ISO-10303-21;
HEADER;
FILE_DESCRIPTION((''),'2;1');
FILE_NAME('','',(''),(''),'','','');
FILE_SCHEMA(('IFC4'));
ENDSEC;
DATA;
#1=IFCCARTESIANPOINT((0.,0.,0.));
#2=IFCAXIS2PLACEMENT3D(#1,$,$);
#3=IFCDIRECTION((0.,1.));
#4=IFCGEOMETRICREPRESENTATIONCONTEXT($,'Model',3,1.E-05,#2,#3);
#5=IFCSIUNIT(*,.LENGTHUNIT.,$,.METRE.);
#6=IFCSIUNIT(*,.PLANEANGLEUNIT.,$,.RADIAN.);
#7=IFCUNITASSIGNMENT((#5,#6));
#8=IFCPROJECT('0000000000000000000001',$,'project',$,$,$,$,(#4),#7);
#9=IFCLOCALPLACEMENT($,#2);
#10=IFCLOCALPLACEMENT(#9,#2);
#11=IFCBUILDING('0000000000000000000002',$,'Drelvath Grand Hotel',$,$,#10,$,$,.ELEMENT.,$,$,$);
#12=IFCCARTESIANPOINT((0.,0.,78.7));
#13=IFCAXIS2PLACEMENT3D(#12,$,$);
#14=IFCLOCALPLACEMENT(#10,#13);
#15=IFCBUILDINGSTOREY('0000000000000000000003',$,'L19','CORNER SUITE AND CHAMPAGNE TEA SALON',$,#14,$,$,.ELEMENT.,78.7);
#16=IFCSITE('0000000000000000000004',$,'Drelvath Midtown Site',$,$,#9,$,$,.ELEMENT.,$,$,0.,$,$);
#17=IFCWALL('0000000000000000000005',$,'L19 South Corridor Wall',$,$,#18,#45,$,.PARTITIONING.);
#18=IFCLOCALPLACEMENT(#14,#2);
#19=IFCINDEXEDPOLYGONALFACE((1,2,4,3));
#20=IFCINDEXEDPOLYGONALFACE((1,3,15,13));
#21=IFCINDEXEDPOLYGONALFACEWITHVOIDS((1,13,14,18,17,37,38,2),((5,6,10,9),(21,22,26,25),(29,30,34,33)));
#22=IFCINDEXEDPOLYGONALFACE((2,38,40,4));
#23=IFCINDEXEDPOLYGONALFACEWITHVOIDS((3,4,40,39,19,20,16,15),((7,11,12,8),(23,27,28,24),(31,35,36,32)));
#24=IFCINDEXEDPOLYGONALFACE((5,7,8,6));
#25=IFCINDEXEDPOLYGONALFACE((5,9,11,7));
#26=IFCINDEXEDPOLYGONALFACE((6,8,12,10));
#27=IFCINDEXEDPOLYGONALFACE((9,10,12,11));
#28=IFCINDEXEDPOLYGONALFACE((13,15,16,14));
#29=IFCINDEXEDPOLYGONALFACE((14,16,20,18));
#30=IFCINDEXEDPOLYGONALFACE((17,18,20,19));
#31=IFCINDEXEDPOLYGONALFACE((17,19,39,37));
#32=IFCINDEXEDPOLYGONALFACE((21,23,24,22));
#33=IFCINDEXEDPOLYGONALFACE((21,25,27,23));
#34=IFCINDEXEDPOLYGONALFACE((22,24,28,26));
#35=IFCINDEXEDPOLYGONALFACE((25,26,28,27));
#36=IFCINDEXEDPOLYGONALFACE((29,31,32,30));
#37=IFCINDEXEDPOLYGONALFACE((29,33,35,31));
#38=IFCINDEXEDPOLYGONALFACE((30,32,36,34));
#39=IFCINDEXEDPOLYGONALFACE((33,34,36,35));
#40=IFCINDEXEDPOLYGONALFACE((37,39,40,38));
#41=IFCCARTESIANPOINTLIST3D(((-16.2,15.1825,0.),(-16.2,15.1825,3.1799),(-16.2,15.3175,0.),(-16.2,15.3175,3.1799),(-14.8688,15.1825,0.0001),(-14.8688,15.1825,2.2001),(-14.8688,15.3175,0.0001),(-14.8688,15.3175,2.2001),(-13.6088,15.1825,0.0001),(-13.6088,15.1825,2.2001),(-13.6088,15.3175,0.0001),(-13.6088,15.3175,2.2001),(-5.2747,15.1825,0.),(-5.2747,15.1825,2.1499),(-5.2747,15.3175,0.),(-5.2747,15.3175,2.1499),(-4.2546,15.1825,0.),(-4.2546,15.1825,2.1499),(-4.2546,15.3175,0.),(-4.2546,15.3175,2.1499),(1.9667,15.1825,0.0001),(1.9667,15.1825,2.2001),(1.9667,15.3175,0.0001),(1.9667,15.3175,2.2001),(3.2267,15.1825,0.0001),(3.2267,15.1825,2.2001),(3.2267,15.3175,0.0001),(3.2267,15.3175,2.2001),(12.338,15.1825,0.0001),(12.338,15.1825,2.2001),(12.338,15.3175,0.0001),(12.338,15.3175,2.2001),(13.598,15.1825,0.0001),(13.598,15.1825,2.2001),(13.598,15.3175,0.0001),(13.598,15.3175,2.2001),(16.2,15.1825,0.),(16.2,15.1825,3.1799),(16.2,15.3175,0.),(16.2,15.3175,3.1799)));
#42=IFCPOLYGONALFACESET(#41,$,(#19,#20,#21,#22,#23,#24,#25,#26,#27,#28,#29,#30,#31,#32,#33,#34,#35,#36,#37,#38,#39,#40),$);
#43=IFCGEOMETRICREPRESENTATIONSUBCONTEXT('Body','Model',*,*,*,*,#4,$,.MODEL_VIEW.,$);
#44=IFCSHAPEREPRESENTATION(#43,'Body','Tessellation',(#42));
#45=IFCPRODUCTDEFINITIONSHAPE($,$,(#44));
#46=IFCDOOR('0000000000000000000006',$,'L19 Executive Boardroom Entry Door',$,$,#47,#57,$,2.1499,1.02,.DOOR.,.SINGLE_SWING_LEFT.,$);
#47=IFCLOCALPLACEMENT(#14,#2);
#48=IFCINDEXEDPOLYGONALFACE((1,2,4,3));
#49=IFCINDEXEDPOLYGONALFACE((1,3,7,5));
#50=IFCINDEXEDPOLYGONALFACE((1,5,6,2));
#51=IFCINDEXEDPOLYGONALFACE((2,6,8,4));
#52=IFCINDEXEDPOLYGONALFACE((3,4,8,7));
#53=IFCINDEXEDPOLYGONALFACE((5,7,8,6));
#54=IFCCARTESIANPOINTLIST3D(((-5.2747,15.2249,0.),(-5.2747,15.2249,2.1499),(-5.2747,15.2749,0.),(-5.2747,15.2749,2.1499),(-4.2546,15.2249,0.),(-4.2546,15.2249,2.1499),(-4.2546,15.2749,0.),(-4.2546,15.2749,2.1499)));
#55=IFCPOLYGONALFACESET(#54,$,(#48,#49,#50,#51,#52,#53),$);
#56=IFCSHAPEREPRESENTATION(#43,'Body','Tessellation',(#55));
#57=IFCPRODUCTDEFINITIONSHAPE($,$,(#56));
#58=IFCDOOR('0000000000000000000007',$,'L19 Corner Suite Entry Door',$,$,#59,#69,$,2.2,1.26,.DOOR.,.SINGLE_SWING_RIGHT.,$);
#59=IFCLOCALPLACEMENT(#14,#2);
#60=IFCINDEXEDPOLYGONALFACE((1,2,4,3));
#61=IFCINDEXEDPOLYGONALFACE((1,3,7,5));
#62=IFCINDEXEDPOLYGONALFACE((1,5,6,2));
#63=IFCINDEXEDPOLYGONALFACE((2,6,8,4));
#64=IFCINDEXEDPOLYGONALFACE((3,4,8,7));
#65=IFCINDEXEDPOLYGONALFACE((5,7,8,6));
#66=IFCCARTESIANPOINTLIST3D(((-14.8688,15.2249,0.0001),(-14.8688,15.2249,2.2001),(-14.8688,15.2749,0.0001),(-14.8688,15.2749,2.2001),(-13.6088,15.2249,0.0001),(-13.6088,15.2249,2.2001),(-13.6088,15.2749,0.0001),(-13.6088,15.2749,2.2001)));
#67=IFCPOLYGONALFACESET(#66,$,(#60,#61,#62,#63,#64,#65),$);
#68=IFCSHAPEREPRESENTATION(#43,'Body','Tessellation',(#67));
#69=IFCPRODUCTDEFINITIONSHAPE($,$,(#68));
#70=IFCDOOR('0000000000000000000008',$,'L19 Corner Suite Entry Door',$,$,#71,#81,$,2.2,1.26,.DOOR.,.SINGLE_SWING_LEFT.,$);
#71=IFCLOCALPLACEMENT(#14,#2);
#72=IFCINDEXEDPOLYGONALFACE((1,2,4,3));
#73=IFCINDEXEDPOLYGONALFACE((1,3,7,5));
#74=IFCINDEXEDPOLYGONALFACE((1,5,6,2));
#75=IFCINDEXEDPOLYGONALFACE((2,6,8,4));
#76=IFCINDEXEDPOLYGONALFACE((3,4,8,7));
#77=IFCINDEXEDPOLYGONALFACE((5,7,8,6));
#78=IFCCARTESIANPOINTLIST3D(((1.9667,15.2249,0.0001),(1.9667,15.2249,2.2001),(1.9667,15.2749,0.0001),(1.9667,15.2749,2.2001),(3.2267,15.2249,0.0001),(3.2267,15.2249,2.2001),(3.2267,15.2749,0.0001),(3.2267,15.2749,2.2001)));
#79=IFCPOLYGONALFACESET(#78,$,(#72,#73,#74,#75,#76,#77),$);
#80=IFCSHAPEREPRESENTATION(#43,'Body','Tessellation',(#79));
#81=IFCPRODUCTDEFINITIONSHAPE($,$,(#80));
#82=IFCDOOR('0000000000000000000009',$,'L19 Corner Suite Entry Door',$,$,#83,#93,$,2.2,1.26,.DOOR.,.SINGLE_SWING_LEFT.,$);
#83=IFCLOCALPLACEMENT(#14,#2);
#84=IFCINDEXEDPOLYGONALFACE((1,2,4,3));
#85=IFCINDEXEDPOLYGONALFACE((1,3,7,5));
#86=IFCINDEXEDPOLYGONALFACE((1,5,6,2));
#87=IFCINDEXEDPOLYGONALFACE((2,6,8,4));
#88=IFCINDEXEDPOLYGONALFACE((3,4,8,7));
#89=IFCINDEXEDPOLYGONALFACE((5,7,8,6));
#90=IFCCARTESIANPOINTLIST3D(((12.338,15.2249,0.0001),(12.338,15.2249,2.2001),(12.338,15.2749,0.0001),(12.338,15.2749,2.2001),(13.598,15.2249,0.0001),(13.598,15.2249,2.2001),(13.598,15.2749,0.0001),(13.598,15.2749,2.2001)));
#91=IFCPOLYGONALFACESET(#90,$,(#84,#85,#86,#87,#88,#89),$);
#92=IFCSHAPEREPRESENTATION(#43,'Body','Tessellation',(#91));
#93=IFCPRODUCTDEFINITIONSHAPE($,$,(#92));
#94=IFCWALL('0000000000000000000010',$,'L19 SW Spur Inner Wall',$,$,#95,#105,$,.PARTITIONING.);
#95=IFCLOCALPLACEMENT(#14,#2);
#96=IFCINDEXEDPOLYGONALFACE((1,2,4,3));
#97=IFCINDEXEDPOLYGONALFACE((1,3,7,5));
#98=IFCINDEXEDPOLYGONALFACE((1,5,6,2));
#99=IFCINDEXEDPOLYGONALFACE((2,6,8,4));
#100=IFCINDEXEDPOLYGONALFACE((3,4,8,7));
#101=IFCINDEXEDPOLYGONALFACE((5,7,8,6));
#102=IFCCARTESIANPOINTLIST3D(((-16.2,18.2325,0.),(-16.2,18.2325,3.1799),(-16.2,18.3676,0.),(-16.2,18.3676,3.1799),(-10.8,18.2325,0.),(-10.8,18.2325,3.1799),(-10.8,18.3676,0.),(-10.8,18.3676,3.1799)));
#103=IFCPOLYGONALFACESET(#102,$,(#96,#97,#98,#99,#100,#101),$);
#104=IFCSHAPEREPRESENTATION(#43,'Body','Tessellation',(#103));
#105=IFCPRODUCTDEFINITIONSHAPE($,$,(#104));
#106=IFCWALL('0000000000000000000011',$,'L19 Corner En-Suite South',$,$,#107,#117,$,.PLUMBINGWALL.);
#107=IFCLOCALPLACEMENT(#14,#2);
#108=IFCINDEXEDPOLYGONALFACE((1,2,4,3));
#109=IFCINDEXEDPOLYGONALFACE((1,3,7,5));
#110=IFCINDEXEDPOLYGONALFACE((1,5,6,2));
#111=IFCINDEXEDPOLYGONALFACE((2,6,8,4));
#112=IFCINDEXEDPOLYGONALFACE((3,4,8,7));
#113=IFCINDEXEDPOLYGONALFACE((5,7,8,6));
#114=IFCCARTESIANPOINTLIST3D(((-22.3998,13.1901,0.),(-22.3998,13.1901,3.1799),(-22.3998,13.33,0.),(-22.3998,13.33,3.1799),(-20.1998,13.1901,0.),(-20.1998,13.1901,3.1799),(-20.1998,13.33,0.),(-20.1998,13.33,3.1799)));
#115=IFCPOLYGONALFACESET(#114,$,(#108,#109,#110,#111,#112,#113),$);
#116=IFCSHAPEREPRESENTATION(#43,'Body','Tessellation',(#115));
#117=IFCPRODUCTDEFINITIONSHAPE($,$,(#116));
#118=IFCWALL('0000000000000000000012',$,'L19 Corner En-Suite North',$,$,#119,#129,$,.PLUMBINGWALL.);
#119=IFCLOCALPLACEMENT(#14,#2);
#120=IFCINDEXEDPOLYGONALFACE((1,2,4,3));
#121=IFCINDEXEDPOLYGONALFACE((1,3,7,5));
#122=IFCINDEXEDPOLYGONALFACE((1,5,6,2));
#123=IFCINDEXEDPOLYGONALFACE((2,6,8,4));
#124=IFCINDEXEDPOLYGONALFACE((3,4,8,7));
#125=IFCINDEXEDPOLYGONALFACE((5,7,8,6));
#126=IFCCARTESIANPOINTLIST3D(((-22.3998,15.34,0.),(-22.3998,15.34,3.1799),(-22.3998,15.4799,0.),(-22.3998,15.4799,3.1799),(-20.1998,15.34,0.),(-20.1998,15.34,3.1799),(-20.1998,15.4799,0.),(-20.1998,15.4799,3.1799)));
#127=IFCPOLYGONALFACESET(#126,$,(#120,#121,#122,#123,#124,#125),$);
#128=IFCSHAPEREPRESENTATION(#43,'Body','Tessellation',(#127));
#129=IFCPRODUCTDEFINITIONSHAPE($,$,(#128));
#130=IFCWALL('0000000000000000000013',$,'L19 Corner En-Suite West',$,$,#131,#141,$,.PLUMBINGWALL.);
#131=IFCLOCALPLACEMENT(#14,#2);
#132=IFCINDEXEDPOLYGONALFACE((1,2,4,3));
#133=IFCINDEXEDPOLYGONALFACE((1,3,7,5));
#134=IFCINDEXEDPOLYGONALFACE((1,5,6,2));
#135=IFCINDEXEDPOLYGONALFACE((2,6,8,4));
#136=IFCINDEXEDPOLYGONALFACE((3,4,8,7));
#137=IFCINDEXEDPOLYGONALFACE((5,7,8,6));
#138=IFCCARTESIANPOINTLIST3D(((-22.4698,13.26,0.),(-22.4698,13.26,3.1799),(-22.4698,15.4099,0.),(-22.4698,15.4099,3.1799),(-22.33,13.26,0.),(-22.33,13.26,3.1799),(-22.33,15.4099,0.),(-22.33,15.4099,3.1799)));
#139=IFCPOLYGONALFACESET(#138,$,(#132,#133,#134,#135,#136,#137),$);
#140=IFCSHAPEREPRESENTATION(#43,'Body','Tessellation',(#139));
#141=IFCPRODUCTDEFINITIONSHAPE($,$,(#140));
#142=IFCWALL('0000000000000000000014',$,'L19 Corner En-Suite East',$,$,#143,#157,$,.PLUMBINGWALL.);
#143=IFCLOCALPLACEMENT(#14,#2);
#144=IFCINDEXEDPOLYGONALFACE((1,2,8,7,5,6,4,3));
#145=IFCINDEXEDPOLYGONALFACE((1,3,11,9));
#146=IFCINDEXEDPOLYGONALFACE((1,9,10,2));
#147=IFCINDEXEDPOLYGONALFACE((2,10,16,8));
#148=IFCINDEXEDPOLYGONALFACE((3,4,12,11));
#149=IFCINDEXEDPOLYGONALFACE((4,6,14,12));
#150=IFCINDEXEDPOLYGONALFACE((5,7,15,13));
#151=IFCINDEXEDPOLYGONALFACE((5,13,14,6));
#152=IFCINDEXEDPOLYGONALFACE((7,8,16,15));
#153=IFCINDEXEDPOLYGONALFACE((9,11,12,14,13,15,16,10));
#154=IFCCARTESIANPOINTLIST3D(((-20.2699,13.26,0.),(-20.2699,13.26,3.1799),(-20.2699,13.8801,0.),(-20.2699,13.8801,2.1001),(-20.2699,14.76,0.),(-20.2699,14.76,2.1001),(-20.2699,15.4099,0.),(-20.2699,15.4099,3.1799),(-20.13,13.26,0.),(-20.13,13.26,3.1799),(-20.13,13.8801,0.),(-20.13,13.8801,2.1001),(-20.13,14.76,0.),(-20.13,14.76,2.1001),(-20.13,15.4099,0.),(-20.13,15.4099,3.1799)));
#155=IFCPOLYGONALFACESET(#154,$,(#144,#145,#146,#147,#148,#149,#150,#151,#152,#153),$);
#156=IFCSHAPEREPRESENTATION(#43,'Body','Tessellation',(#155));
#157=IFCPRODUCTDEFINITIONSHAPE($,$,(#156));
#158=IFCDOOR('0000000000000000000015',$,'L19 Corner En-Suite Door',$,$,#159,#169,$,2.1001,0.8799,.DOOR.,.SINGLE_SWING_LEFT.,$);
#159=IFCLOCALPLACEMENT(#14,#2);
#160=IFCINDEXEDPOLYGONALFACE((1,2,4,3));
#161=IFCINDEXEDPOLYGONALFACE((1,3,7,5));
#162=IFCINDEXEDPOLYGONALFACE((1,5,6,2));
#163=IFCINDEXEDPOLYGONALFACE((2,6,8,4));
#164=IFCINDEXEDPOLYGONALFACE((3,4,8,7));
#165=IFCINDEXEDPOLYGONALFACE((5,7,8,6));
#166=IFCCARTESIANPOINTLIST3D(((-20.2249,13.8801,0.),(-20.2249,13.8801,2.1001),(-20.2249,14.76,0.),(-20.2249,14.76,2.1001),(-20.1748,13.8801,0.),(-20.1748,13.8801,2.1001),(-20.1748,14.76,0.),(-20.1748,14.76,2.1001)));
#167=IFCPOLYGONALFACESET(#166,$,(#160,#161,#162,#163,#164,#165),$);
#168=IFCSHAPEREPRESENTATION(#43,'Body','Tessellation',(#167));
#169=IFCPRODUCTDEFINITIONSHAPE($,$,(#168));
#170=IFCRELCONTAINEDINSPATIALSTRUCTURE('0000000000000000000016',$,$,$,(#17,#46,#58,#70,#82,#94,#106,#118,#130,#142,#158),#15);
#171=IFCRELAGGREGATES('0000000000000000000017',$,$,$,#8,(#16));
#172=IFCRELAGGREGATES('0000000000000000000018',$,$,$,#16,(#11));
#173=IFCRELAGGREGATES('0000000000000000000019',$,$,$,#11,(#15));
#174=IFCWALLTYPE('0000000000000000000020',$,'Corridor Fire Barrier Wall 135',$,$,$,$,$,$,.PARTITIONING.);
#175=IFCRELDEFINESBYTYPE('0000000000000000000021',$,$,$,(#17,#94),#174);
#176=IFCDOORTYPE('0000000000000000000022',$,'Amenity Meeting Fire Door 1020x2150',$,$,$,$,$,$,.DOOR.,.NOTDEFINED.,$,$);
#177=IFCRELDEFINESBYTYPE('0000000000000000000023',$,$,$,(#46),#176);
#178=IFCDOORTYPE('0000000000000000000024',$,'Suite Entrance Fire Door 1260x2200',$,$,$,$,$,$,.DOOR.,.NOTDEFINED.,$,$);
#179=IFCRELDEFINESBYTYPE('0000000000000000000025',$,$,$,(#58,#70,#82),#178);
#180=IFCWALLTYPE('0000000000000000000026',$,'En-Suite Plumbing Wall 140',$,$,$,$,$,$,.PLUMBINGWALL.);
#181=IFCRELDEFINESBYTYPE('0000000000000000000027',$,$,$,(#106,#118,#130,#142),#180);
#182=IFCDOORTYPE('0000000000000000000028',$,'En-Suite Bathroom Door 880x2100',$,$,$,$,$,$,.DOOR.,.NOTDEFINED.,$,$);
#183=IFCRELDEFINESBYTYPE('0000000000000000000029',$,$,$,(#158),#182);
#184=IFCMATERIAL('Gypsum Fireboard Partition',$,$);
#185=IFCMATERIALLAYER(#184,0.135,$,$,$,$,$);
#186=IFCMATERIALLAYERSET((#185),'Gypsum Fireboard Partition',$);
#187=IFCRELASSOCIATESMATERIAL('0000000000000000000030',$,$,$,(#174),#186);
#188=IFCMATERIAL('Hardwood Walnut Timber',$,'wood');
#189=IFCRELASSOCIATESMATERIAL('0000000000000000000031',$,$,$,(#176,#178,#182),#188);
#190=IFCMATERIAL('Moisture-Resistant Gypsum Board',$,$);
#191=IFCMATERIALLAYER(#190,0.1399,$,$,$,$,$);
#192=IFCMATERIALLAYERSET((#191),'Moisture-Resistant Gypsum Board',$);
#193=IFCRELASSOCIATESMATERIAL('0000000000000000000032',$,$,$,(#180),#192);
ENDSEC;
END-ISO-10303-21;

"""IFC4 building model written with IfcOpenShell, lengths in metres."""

from ifc_helpers import new_model, si_unit, direction, frame, frame_2d, origin, place, context, subcontext, project, spatial, rectangle, extrude, material, layer, layer_set, type_object, element, fill, save


model = new_model("IFC4")

# Units and contexts
model_context = context("Model", 3, precision=1e-05, world=origin(), true_north=direction((0.0, 1.0)))
body_context = subcontext(model_context, "Body", "Model", "MODEL_VIEW")
ifc_project = project(units=[si_unit("LENGTHUNIT", "METRE"), si_unit("PLANEANGLEUNIT", "RADIAN")], contexts=[model_context])

# Site, building, storey
site_placement = place(None, origin())
site = spatial("IfcSite", under=ifc_project, at=site_placement, Name="Drelvath Midtown Site", CompositionType="ELEMENT", RefElevation=0.0)
building_placement = place(site_placement, origin())
building = spatial("IfcBuilding", under=site, at=building_placement, Name="Drelvath Grand Hotel", CompositionType="ELEMENT")
storey_placement = place(building_placement, frame((0.0, 0.0, 78.7)))
storey = spatial("IfcBuildingStorey", under=building, at=storey_placement, Name="L19", Description="CORNER SUITE AND CHAMPAGNE TEA SALON", CompositionType="ELEMENT", Elevation=78.7)

# Wall, openings, doors
ifc_material_1 = material(Name="Gypsum Fireboard Partition")
ifc_layer_1 = layer(ifc_material_1, 0.135)
ifc_layer_set_1 = layer_set([ifc_layer_1], Name="Gypsum Fireboard Partition")
wall_type_1 = type_object("IfcWallType", Name="Corridor Fire Barrier Wall 135", PredefinedType="PARTITIONING", material=ifc_layer_set_1)
wall_1_placement = place(storey_placement, frame((-16.2, 15.25, 0.0), z_axis=(0.0, 0.0, 1.0), x_axis=(1.0, 0.0, 0.0)))
wall_1 = element("IfcWall", 1, at=wall_1_placement, inside=storey, type_object=wall_type_1, Name="L19 South Corridor Wall", PredefinedType="PARTITIONING", context=body_context, shape_type="SweptSolid", body=[
    extrude(rectangle(XDim=32.3999, YDim=0.135, at=frame_2d((16.2, 0.0))), origin(), (0.0, 0.0, 1.0), 3.1799),
])
opening_1_placement = place(wall_1_placement, frame((1.3313, 0.0, 0.0)))
opening_1 = element("IfcOpeningElement", 2, at=opening_1_placement, cuts=wall_1, PredefinedType="OPENING", context=body_context, shape_type="SweptSolid", body=[
    extrude(rectangle(XDim=1.26, YDim=2.2, at=frame_2d((0.6299, 1.1001))), frame((0.0, 0.0774, 0.0), z_axis=(0.0, -1.0, 0.0), x_axis=(1.0, 0.0, 0.0)), (0.0, 0.0, 1.0), 0.155),
])
opening_2_placement = place(wall_1_placement, frame((10.9253, 0.0, 0.0)))
opening_2 = element("IfcOpeningElement", 3, at=opening_2_placement, cuts=wall_1, PredefinedType="OPENING", context=body_context, shape_type="SweptSolid", body=[
    extrude(rectangle(XDim=1.02, YDim=2.1499, at=frame_2d((0.51, 1.075))), frame((0.0, 0.0774, 0.0), z_axis=(0.0, -1.0, 0.0), x_axis=(1.0, 0.0, 0.0)), (0.0, 0.0, 1.0), 0.155),
])
opening_3_placement = place(wall_1_placement, frame((18.1667, 0.0, 0.0)))
opening_3 = element("IfcOpeningElement", 4, at=opening_3_placement, cuts=wall_1, PredefinedType="OPENING", context=body_context, shape_type="SweptSolid", body=[
    extrude(rectangle(XDim=1.26, YDim=2.2, at=frame_2d((0.6299, 1.1001))), frame((0.0, 0.0774, 0.0), z_axis=(0.0, -1.0, 0.0), x_axis=(1.0, 0.0, 0.0)), (0.0, 0.0, 1.0), 0.155),
])
opening_4_placement = place(wall_1_placement, frame((28.5381, 0.0, 0.0)))
opening_4 = element("IfcOpeningElement", 5, at=opening_4_placement, cuts=wall_1, PredefinedType="OPENING", context=body_context, shape_type="SweptSolid", body=[
    extrude(rectangle(XDim=1.26, YDim=2.2, at=frame_2d((0.6299, 1.1001))), frame((0.0, 0.0774, 0.0), z_axis=(0.0, -1.0, 0.0), x_axis=(1.0, 0.0, 0.0)), (0.0, 0.0, 1.0), 0.155),
])
ifc_material_2 = material(Name="Hardwood Walnut Timber", Category="wood")
door_type_1 = type_object("IfcDoorType", Name="Amenity Meeting Fire Door 1020x2150", OperationType="NOTDEFINED", PredefinedType="DOOR", material=ifc_material_2)
door_1_placement = place(opening_2_placement, origin())
door_1 = element("IfcDoor", 6, at=door_1_placement, inside=storey, type_object=door_type_1, Name="L19 Executive Boardroom Entry Door", OperationType="SINGLE_SWING_LEFT", OverallHeight=2.1499, OverallWidth=1.02, PredefinedType="DOOR", context=body_context, shape_type="SweptSolid", body=[
    extrude(rectangle(XDim=1.02, YDim=2.1499, at=frame_2d((0.51, 1.075))), frame((0.0, 0.0249, 0.0), z_axis=(0.0, -1.0, 0.0), x_axis=(1.0, 0.0, 0.0)), (0.0, 0.0, 1.0), 0.05),
])
fill(opening_2, door_1)
door_type_2 = type_object("IfcDoorType", Name="Suite Entrance Fire Door 1260x2200", OperationType="NOTDEFINED", PredefinedType="DOOR", material=ifc_material_2)
door_2_placement = place(opening_1_placement, origin())
door_2 = element("IfcDoor", 7, at=door_2_placement, inside=storey, type_object=door_type_2, Name="L19 Corner Suite Entry Door", OperationType="SINGLE_SWING_RIGHT", OverallHeight=2.2, OverallWidth=1.26, PredefinedType="DOOR", context=body_context, shape_type="SweptSolid", body=[
    extrude(rectangle(XDim=1.26, YDim=2.2, at=frame_2d((0.6299, 1.1001))), frame((0.0, 0.0249, 0.0), z_axis=(0.0, -1.0, 0.0), x_axis=(1.0, 0.0, 0.0)), (0.0, 0.0, 1.0), 0.05),
])
fill(opening_1, door_2)
door_3_placement = place(opening_3_placement, origin())
door_3 = element("IfcDoor", 8, at=door_3_placement, inside=storey, type_object=door_type_2, Name="L19 Corner Suite Entry Door", OperationType="SINGLE_SWING_LEFT", OverallHeight=2.2, OverallWidth=1.26, PredefinedType="DOOR", context=body_context, shape_type="SweptSolid", body=[
    extrude(rectangle(XDim=1.26, YDim=2.2, at=frame_2d((0.6299, 1.1001))), frame((0.0, 0.0249, 0.0), z_axis=(0.0, -1.0, 0.0), x_axis=(1.0, 0.0, 0.0)), (0.0, 0.0, 1.0), 0.05),
])
fill(opening_3, door_3)
door_4_placement = place(opening_4_placement, origin())
door_4 = element("IfcDoor", 9, at=door_4_placement, inside=storey, type_object=door_type_2, Name="L19 Corner Suite Entry Door", OperationType="SINGLE_SWING_LEFT", OverallHeight=2.2, OverallWidth=1.26, PredefinedType="DOOR", context=body_context, shape_type="SweptSolid", body=[
    extrude(rectangle(XDim=1.26, YDim=2.2, at=frame_2d((0.6299, 1.1001))), frame((0.0, 0.0249, 0.0), z_axis=(0.0, -1.0, 0.0), x_axis=(1.0, 0.0, 0.0)), (0.0, 0.0, 1.0), 0.05),
])
fill(opening_4, door_4)

# Wall
wall_2_placement = place(storey_placement, frame((-16.2, 18.3, 0.0), z_axis=(0.0, 0.0, 1.0), x_axis=(1.0, 0.0, 0.0)))
element("IfcWall", 10, at=wall_2_placement, inside=storey, type_object=wall_type_1, Name="L19 SW Spur Inner Wall", PredefinedType="PARTITIONING", context=body_context, shape_type="SweptSolid", body=[
    extrude(rectangle(XDim=5.3999, YDim=0.135, at=frame_2d((2.7, 0.0))), origin(), (0.0, 0.0, 1.0), 3.1799),
])

# Walls
ifc_material_3 = material(Name="Moisture-Resistant Gypsum Board")
ifc_layer_2 = layer(ifc_material_3, 0.1399)
ifc_layer_set_2 = layer_set([ifc_layer_2], Name="Moisture-Resistant Gypsum Board")
wall_type_2 = type_object("IfcWallType", Name="En-Suite Plumbing Wall 140", PredefinedType="PLUMBINGWALL", material=ifc_layer_set_2)
for number, where, z_axis, x_axis, name in (
    (11, (-22.3999, 13.26, 0.0), (0.0, 0.0, 1.0), (1.0, 0.0, 0.0), "L19 Corner En-Suite South"),
    (12, (-22.3999, 15.4099, 0.0), (0.0, 0.0, 1.0), (1.0, 0.0, 0.0), "L19 Corner En-Suite North"),
):
    element("IfcWall", number, at=place(storey_placement, frame(where, z_axis=z_axis, x_axis=x_axis)), inside=storey, type_object=wall_type_2, Name=name, PredefinedType="PLUMBINGWALL", context=body_context, shape_type="SweptSolid", body=[
        extrude(rectangle(XDim=2.2, YDim=0.1399, at=frame_2d((1.1001, 0.0))), origin(), (0.0, 0.0, 1.0), 3.1799),
    ])
wall_3_placement = place(storey_placement, frame((-22.3999, 13.26, 0.0), z_axis=(0.0, 0.0, 1.0), x_axis=(0.0, 1.0, 0.0)))
element("IfcWall", 13, at=wall_3_placement, inside=storey, type_object=wall_type_2, Name="L19 Corner En-Suite West", PredefinedType="PLUMBINGWALL", context=body_context, shape_type="SweptSolid", body=[
    extrude(rectangle(XDim=2.1499, YDim=0.1399, at=frame_2d((1.075, 0.0))), origin(), (0.0, 0.0, 1.0), 3.1799),
])

# Wall, opening, door
wall_4_placement = place(storey_placement, frame((-20.2, 13.26, 0.0), z_axis=(0.0, 0.0, 1.0), x_axis=(0.0, 1.0, 0.0)))
wall_4 = element("IfcWall", 14, at=wall_4_placement, inside=storey, type_object=wall_type_2, Name="L19 Corner En-Suite East", PredefinedType="PLUMBINGWALL", context=body_context, shape_type="SweptSolid", body=[
    extrude(rectangle(XDim=2.1499, YDim=0.1399, at=frame_2d((1.075, 0.0))), origin(), (0.0, 0.0, 1.0), 3.1799),
])
opening_5_placement = place(wall_4_placement, frame((0.6201, 0.0, 0.0)))
opening_5 = element("IfcOpeningElement", 15, at=opening_5_placement, cuts=wall_4, PredefinedType="OPENING", context=body_context, shape_type="SweptSolid", body=[
    extrude(rectangle(XDim=0.8799, YDim=2.1001, at=frame_2d((0.4399, 1.05))), frame((0.0, 0.0798, 0.0), z_axis=(0.0, -1.0, 0.0), x_axis=(1.0, 0.0, 0.0)), (0.0, 0.0, 1.0), 0.1599),
])
door_type_3 = type_object("IfcDoorType", Name="En-Suite Bathroom Door 880x2100", OperationType="NOTDEFINED", PredefinedType="DOOR", material=ifc_material_2)
door_5_placement = place(opening_5_placement, origin())
door_5 = element("IfcDoor", 16, at=door_5_placement, inside=storey, type_object=door_type_3, Name="L19 Corner En-Suite Door", OperationType="SINGLE_SWING_LEFT", OverallHeight=2.1001, OverallWidth=0.8799, PredefinedType="DOOR", context=body_context, shape_type="SweptSolid", body=[
    extrude(rectangle(XDim=0.8799, YDim=2.1001, at=frame_2d((0.4399, 1.05))), frame((0.0, 0.0249, 0.0), z_axis=(0.0, -1.0, 0.0), x_axis=(1.0, 0.0, 0.0)), (0.0, 0.0, 1.0), 0.05),
])
fill(opening_5, door_5)

save(model, "model.ifc")
